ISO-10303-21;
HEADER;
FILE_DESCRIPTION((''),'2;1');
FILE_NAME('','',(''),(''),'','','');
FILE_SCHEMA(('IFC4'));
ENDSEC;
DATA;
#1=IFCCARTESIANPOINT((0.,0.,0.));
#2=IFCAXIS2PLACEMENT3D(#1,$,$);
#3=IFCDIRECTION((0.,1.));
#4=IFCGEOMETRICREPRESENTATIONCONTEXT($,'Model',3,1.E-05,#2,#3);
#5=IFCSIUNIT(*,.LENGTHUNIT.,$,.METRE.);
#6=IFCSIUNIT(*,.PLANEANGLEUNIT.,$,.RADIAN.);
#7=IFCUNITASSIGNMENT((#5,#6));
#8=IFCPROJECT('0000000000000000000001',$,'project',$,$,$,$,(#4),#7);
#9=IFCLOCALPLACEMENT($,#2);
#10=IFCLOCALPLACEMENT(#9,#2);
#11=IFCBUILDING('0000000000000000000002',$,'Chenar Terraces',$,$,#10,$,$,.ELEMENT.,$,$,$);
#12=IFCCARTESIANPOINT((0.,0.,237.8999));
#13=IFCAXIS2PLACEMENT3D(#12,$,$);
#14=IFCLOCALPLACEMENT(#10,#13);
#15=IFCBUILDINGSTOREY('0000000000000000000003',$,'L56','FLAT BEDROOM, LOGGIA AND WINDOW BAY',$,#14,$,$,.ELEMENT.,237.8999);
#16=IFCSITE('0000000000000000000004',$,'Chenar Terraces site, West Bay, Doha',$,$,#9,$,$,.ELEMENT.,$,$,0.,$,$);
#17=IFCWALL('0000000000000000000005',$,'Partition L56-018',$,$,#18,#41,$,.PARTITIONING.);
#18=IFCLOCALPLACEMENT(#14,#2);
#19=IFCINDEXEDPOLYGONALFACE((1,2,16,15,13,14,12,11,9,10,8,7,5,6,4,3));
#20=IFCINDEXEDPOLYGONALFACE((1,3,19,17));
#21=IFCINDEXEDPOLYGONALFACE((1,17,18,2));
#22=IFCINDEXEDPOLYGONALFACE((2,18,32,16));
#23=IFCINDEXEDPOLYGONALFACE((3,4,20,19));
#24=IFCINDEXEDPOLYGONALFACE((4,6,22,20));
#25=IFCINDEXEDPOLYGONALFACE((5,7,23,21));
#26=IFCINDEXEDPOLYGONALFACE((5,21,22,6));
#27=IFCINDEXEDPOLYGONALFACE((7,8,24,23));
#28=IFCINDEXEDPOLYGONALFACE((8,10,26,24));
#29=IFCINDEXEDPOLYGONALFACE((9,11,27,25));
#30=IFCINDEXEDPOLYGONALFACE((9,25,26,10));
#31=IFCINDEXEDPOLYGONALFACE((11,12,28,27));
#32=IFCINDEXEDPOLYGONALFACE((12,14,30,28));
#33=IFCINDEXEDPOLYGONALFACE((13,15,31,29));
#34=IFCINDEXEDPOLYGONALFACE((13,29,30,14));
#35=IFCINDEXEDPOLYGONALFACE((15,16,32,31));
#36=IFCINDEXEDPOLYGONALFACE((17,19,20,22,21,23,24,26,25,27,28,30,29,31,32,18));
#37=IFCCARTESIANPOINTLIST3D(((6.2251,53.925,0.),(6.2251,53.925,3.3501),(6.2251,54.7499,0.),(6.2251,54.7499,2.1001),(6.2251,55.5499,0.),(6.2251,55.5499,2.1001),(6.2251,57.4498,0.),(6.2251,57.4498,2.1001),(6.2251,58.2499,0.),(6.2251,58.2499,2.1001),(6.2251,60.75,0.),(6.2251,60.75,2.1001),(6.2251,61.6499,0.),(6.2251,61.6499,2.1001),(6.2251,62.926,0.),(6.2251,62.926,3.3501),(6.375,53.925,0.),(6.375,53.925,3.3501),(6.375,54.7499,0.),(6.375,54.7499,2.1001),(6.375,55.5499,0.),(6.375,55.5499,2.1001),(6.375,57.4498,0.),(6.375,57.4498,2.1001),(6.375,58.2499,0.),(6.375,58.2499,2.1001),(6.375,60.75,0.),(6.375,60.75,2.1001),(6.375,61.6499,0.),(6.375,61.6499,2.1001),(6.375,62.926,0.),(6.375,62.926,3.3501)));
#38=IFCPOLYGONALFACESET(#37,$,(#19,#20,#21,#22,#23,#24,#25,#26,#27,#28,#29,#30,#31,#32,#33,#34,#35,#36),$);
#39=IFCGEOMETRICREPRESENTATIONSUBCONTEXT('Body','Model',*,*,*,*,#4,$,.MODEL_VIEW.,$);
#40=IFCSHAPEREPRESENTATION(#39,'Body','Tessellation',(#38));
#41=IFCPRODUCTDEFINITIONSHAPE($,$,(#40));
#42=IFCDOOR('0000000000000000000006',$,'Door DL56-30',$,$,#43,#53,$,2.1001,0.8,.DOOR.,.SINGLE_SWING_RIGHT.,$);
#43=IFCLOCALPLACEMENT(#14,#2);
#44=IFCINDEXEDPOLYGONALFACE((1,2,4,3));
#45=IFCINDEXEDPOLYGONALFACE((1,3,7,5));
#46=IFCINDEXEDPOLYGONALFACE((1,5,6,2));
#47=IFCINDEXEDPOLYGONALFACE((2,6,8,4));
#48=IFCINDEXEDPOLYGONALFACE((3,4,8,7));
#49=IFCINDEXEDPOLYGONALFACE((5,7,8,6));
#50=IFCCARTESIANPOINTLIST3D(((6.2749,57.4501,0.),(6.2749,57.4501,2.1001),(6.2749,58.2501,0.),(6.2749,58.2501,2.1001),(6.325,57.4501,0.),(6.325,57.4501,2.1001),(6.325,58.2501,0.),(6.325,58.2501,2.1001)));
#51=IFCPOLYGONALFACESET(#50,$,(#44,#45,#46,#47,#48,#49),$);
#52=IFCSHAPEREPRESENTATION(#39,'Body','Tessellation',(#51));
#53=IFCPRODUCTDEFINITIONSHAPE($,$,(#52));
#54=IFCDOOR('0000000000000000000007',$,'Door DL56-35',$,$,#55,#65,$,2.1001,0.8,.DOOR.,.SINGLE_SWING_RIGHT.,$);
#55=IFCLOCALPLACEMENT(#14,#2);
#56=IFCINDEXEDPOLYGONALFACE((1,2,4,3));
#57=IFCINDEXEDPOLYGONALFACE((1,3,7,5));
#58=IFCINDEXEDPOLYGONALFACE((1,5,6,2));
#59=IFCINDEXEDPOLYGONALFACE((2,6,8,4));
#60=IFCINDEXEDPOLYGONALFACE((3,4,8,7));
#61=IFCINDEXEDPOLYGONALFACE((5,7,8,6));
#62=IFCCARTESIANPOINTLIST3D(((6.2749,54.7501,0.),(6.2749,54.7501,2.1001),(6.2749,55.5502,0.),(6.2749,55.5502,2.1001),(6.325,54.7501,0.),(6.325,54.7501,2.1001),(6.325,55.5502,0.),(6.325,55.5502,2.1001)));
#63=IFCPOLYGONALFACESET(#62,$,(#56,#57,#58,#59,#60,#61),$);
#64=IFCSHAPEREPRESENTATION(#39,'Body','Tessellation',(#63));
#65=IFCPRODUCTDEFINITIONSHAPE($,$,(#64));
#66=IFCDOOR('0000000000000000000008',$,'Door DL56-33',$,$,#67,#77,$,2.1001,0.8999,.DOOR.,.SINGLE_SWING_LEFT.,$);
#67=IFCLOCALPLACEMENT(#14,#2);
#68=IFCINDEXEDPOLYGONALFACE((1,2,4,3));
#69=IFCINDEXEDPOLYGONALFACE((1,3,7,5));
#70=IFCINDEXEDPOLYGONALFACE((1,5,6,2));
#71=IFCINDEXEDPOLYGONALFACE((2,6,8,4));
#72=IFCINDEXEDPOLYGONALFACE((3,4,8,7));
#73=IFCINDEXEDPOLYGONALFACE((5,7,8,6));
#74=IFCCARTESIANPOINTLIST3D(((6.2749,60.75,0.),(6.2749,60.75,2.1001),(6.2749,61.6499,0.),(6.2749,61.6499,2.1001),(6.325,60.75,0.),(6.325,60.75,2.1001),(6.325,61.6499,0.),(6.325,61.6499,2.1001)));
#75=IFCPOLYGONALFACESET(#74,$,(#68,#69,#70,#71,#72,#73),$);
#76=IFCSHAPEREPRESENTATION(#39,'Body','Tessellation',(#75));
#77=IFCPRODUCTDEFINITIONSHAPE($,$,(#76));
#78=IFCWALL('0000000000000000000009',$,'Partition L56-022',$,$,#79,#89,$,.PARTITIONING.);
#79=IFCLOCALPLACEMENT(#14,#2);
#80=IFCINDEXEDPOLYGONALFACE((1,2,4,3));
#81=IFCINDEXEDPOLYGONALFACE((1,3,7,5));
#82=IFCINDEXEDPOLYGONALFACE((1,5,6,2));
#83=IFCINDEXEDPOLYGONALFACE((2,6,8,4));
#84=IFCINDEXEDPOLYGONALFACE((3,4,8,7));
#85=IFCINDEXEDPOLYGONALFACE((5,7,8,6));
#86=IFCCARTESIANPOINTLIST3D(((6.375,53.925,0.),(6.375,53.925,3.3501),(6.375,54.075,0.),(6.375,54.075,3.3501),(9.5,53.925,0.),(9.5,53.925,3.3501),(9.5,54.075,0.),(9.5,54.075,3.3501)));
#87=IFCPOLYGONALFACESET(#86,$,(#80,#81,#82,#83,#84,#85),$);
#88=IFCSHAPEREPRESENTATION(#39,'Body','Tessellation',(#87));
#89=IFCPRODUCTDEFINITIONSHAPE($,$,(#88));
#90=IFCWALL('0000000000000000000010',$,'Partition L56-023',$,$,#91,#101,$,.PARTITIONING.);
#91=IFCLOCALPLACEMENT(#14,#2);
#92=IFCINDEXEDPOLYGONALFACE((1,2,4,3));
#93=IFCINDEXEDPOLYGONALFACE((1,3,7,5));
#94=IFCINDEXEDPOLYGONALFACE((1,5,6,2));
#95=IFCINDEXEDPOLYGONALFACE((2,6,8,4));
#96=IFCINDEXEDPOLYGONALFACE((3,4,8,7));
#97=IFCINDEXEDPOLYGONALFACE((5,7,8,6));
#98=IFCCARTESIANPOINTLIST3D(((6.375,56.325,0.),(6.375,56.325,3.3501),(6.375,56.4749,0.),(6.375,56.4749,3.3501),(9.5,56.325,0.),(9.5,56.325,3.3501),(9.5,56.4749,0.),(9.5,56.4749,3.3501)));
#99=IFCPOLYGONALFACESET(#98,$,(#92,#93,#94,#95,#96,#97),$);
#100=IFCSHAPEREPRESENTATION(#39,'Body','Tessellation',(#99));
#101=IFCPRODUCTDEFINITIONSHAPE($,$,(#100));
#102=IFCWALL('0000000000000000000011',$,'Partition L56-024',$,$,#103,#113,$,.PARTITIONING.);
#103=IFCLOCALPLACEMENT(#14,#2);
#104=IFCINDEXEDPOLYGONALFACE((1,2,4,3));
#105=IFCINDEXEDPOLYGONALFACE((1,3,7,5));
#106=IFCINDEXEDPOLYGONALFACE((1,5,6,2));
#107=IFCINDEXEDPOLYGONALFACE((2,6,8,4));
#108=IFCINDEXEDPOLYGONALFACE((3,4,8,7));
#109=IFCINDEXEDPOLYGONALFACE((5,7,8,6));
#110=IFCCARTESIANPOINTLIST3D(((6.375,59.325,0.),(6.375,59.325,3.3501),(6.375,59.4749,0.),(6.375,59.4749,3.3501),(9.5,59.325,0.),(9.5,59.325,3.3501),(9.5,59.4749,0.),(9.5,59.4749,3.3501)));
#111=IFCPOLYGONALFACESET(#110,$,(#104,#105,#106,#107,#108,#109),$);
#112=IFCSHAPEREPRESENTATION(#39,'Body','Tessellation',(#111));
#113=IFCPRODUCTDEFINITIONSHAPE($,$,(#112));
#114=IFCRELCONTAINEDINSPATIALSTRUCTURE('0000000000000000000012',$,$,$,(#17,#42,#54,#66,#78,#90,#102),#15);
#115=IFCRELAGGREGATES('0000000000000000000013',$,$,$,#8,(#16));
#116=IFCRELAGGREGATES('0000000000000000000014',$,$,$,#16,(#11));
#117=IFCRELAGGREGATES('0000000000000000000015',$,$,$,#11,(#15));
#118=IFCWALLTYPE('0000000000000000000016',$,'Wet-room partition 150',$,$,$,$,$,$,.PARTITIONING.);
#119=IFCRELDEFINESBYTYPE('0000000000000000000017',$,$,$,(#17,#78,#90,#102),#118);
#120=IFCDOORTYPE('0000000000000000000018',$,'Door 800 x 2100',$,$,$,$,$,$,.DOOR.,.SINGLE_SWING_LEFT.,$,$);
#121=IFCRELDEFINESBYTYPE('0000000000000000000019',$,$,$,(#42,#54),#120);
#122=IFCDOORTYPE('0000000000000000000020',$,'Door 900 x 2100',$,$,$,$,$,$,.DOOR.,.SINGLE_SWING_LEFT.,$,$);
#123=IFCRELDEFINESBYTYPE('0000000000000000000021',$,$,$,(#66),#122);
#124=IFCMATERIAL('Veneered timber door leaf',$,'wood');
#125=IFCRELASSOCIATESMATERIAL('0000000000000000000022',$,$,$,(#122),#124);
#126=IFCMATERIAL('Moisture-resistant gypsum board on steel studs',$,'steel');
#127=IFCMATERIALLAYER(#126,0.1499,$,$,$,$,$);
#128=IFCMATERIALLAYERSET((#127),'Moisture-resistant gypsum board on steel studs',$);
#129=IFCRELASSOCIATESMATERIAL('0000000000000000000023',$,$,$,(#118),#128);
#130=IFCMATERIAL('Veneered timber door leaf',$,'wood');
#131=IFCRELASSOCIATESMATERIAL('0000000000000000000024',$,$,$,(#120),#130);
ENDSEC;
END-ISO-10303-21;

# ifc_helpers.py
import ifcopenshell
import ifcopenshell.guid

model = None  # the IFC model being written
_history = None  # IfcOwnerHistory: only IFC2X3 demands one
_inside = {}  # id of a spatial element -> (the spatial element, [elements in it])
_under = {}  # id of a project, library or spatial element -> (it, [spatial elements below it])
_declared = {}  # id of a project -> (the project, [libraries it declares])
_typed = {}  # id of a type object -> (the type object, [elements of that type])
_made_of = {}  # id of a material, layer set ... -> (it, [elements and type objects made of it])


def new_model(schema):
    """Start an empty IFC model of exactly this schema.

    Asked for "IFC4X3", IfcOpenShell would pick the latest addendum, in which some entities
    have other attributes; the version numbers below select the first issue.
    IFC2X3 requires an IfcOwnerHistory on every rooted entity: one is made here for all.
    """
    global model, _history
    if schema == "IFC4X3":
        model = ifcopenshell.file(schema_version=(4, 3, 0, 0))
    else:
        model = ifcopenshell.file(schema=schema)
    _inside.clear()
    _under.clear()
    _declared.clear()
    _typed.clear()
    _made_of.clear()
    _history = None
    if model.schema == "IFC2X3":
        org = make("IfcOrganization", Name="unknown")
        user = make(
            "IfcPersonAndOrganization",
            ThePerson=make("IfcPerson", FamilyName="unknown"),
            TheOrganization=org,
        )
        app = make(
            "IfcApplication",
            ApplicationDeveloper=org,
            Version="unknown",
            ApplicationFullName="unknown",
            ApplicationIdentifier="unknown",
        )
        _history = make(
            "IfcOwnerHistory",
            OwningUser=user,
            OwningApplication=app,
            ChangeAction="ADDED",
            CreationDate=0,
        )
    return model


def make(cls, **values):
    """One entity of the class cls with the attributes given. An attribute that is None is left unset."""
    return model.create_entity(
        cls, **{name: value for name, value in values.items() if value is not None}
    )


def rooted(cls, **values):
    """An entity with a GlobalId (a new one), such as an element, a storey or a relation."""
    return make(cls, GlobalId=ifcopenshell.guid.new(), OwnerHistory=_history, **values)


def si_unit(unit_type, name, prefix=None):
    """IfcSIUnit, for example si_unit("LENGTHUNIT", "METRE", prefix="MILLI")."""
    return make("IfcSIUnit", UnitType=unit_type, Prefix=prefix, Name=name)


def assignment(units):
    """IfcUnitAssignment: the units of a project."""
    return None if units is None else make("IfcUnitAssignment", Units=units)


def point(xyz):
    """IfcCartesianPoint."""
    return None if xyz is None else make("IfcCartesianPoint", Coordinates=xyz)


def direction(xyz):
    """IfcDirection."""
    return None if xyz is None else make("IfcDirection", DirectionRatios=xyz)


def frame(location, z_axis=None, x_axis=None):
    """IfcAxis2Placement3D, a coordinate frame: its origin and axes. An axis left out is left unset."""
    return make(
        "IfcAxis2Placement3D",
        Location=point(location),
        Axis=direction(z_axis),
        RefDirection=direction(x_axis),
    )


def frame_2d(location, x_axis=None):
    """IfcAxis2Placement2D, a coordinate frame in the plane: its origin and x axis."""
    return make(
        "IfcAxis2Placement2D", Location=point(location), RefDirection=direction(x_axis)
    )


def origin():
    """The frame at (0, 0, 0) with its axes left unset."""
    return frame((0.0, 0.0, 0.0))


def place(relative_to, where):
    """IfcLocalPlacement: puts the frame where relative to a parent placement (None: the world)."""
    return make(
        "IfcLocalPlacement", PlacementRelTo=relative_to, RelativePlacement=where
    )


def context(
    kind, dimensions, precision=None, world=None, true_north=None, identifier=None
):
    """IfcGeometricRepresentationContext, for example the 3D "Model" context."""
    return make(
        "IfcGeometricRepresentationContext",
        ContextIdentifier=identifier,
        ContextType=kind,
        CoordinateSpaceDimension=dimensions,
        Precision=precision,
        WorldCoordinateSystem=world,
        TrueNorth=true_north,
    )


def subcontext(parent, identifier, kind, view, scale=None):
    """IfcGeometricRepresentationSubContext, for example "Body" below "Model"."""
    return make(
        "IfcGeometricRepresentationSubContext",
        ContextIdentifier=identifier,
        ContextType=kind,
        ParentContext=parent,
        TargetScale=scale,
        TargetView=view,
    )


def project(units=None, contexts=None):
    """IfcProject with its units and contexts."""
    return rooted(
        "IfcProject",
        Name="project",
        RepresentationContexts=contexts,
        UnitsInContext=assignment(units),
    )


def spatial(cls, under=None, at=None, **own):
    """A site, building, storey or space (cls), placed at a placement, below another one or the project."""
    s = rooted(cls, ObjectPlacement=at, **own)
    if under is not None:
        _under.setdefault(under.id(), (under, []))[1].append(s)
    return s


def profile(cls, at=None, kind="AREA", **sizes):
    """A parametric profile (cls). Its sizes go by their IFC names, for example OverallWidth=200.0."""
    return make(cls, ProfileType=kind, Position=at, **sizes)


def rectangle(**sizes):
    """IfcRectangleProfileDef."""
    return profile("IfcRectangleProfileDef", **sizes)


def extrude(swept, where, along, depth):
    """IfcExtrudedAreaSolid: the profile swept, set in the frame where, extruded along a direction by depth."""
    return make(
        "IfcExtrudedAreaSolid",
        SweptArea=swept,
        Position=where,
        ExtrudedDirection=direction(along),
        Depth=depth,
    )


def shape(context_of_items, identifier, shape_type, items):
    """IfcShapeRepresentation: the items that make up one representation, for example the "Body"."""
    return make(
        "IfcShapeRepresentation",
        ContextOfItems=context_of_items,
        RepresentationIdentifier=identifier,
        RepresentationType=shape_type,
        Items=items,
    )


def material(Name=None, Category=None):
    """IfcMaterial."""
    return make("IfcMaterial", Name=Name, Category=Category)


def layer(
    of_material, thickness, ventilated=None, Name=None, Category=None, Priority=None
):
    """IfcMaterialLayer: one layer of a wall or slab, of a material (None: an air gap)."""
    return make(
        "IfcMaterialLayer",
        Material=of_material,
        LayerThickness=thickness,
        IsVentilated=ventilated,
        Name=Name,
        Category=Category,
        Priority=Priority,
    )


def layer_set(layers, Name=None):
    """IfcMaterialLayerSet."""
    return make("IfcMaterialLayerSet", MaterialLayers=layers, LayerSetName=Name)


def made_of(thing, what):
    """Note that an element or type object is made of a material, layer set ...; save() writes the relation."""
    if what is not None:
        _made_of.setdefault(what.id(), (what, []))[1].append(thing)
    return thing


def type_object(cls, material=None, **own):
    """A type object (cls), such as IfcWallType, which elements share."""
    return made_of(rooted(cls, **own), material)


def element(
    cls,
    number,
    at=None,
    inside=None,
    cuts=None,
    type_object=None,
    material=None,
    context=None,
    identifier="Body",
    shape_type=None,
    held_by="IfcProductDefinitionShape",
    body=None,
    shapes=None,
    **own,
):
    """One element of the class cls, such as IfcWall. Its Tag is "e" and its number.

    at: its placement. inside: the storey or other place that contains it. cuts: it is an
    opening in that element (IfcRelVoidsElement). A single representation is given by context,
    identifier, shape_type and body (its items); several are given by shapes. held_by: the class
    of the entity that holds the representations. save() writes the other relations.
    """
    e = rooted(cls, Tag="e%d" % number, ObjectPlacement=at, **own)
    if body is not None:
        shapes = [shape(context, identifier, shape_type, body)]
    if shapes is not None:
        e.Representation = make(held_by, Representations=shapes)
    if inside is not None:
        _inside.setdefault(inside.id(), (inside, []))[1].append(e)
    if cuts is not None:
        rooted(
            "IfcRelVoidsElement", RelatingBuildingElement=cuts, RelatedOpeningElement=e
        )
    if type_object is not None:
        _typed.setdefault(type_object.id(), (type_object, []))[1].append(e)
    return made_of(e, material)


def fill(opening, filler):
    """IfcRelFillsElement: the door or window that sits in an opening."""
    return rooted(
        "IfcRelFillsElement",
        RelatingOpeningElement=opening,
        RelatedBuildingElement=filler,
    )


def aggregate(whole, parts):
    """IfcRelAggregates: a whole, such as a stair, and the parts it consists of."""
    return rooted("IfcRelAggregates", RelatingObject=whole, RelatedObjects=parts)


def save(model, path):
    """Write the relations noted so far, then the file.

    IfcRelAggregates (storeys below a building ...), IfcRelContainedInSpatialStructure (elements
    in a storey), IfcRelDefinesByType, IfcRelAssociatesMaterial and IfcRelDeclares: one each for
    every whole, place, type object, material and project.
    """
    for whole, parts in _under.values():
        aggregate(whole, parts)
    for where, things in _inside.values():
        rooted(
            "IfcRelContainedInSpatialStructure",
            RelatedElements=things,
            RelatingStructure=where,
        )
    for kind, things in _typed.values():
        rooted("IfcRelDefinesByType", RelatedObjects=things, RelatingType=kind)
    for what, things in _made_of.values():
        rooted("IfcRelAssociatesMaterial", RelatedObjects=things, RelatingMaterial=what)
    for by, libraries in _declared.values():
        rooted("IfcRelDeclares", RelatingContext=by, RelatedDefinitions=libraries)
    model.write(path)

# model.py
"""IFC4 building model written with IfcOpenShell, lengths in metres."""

from ifc_helpers import new_model, si_unit, direction, frame, frame_2d, origin, place, context, subcontext, project, spatial, rectangle, extrude, material, layer, layer_set, type_object, element, fill, save


model = new_model("IFC4")

# Units and contexts
model_context = context("Model", 3, precision=1e-05, world=origin(), true_north=direction((0.0, 1.0)))
body_context = subcontext(model_context, "Body", "Model", "MODEL_VIEW")
ifc_project = project(units=[si_unit("LENGTHUNIT", "METRE"), si_unit("PLANEANGLEUNIT", "RADIAN")], contexts=[model_context])

# Site, building, storey
site_placement = place(None, origin())
site = spatial("IfcSite", under=ifc_project, at=site_placement, Name="Chenar Terraces site, West Bay, Doha", CompositionType="ELEMENT", RefElevation=0.0)
building_placement = place(site_placement, origin())
building = spatial("IfcBuilding", under=site, at=building_placement, Name="Chenar Terraces", CompositionType="ELEMENT")
storey_placement = place(building_placement, frame((0.0, 0.0, 237.8999)))
storey = spatial("IfcBuildingStorey", under=building, at=storey_placement, Name="L56", Description="FLAT BEDROOM, LOGGIA AND WINDOW BAY", CompositionType="ELEMENT", Elevation=237.8999)

# Shared definitions
ifc_material_1 = material(Name="Veneered timber door leaf", Category="wood")
door_type_1 = type_object("IfcDoorType", Name="Door 900 x 2100", OperationType="SINGLE_SWING_LEFT", PredefinedType="DOOR", material=ifc_material_1)

# Wall, openings, doors
ifc_material_2 = material(Name="Moisture-resistant gypsum board on steel studs", Category="steel")
ifc_layer_1 = layer(ifc_material_2, 0.1499)
ifc_layer_set_1 = layer_set([ifc_layer_1], Name="Moisture-resistant gypsum board on steel studs")
wall_type_1 = type_object("IfcWallType", Name="Wet-room partition 150", PredefinedType="PARTITIONING", material=ifc_layer_set_1)
wall_1_placement = place(storey_placement, frame((6.3, 53.925, 0.0), z_axis=(0.0, 0.0, 1.0), x_axis=(0.0, 1.0, 0.0)))
wall_1 = element("IfcWall", 1, at=wall_1_placement, inside=storey, type_object=wall_type_1, Name="Partition L56-018", PredefinedType="PARTITIONING", context=body_context, shape_type="SweptSolid", body=[
    extrude(rectangle(XDim=9.001, YDim=0.1499, at=frame_2d((4.5005, 0.0))), origin(), (0.0, 0.0, 1.0), 3.3501),
])
opening_1_placement = place(wall_1_placement, frame((3.5249, 0.0, 0.0)))
opening_1 = element("IfcOpeningElement", 2, at=opening_1_placement, cuts=wall_1, PredefinedType="OPENING", context=body_context, shape_type="SweptSolid", body=[
    extrude(rectangle(XDim=0.8, YDim=2.1001, at=frame_2d((0.3999, 1.05))), frame((0.0, 0.085, 0.0), z_axis=(0.0, -1.0, 0.0), x_axis=(1.0, 0.0, 0.0)), (0.0, 0.0, 1.0), 0.1699),
])
opening_2_placement = place(wall_1_placement, frame((6.825, 0.0, 0.0)))
opening_2 = element("IfcOpeningElement", 3, at=opening_2_placement, cuts=wall_1, PredefinedType="OPENING", context=body_context, shape_type="SweptSolid", body=[
    extrude(rectangle(XDim=0.8999, YDim=2.1001, at=frame_2d((0.45, 1.05))), frame((0.0, 0.085, 0.0), z_axis=(0.0, -1.0, 0.0), x_axis=(1.0, 0.0, 0.0)), (0.0, 0.0, 1.0), 0.1699),
])
opening_3_placement = place(wall_1_placement, frame((0.825, 0.0, 0.0)))
opening_3 = element("IfcOpeningElement", 4, at=opening_3_placement, cuts=wall_1, PredefinedType="OPENING", context=body_context, shape_type="SweptSolid", body=[
    extrude(rectangle(XDim=0.8, YDim=2.1001, at=frame_2d((0.3999, 1.05))), frame((0.0, 0.085, 0.0), z_axis=(0.0, -1.0, 0.0), x_axis=(1.0, 0.0, 0.0)), (0.0, 0.0, 1.0), 0.1699),
])
ifc_material_3 = material(Name="Veneered timber door leaf", Category="wood")
door_type_2 = type_object("IfcDoorType", Name="Door 800 x 2100", OperationType="SINGLE_SWING_LEFT", PredefinedType="DOOR", material=ifc_material_3)
door_1_placement = place(opening_1_placement, frame((0.8, 0.0, 0.0), z_axis=(0.0, 0.0, 1.0), x_axis=(-1.0, 0.0, 0.0)))
door_1 = element("IfcDoor", 5, at=door_1_placement, inside=storey, type_object=door_type_2, Name="Door DL56-30", OperationType="SINGLE_SWING_RIGHT", OverallHeight=2.1001, OverallWidth=0.8, PredefinedType="DOOR", context=body_context, shape_type="SweptSolid", body=[
    extrude(rectangle(XDim=0.8, YDim=2.1001, at=frame_2d((0.3999, 1.05))), frame((0.0, 0.0249, 0.0), z_axis=(0.0, -1.0, 0.0), x_axis=(1.0, 0.0, 0.0)), (0.0, 0.0, 1.0), 0.05),
])
fill(opening_1, door_1)
door_2_placement = place(opening_3_placement, frame((0.8, 0.0, 0.0), z_axis=(0.0, 0.0, 1.0), x_axis=(-1.0, 0.0, 0.0)))
door_2 = element("IfcDoor", 6, at=door_2_placement, inside=storey, type_object=door_type_2, Name="Door DL56-35", OperationType="SINGLE_SWING_RIGHT", OverallHeight=2.1001, OverallWidth=0.8, PredefinedType="DOOR", context=body_context, shape_type="SweptSolid", body=[
    extrude(rectangle(XDim=0.8, YDim=2.1001, at=frame_2d((0.3999, 1.05))), frame((0.0, 0.0249, 0.0), z_axis=(0.0, -1.0, 0.0), x_axis=(1.0, 0.0, 0.0)), (0.0, 0.0, 1.0), 0.05),
])
fill(opening_3, door_2)
door_3_placement = place(opening_2_placement, frame((0.8999, 0.0, 0.0), z_axis=(0.0, 0.0, 1.0), x_axis=(-1.0, 0.0, 0.0)))
door_3 = element("IfcDoor", 7, at=door_3_placement, inside=storey, type_object=door_type_1, Name="Door DL56-33", OperationType="SINGLE_SWING_LEFT", OverallHeight=2.1001, OverallWidth=0.8999, PredefinedType="DOOR", context=body_context, shape_type="SweptSolid", body=[
    extrude(rectangle(XDim=0.8999, YDim=2.1001, at=frame_2d((0.45, 1.05))), frame((0.0, 0.0249, 0.0), z_axis=(0.0, -1.0, 0.0), x_axis=(1.0, 0.0, 0.0)), (0.0, 0.0, 1.0), 0.05),
])
fill(opening_2, door_3)

# Walls
for number, where, z_axis, x_axis, name in (
    (8, (6.375, 54.0, 0.0), (0.0, 0.0, 1.0), (1.0, 0.0, 0.0), "Partition L56-022"),
    (9, (6.375, 56.3999, 0.0), (0.0, 0.0, 1.0), (1.0, 0.0, 0.0), "Partition L56-023"),
    (10, (6.375, 59.3999, 0.0), (0.0, 0.0, 1.0), (1.0, 0.0, 0.0), "Partition L56-024"),
):
    element("IfcWall", number, at=place(storey_placement, frame(where, z_axis=z_axis, x_axis=x_axis)), inside=storey, type_object=wall_type_1, Name=name, PredefinedType="PARTITIONING", context=body_context, shape_type="SweptSolid", body=[
        extrude(rectangle(XDim=3.125, YDim=0.1499, at=frame_2d((1.5625, 0.0))), origin(), (0.0, 0.0, 1.0), 3.3501),
    ])

save(model, "model.ifc")
